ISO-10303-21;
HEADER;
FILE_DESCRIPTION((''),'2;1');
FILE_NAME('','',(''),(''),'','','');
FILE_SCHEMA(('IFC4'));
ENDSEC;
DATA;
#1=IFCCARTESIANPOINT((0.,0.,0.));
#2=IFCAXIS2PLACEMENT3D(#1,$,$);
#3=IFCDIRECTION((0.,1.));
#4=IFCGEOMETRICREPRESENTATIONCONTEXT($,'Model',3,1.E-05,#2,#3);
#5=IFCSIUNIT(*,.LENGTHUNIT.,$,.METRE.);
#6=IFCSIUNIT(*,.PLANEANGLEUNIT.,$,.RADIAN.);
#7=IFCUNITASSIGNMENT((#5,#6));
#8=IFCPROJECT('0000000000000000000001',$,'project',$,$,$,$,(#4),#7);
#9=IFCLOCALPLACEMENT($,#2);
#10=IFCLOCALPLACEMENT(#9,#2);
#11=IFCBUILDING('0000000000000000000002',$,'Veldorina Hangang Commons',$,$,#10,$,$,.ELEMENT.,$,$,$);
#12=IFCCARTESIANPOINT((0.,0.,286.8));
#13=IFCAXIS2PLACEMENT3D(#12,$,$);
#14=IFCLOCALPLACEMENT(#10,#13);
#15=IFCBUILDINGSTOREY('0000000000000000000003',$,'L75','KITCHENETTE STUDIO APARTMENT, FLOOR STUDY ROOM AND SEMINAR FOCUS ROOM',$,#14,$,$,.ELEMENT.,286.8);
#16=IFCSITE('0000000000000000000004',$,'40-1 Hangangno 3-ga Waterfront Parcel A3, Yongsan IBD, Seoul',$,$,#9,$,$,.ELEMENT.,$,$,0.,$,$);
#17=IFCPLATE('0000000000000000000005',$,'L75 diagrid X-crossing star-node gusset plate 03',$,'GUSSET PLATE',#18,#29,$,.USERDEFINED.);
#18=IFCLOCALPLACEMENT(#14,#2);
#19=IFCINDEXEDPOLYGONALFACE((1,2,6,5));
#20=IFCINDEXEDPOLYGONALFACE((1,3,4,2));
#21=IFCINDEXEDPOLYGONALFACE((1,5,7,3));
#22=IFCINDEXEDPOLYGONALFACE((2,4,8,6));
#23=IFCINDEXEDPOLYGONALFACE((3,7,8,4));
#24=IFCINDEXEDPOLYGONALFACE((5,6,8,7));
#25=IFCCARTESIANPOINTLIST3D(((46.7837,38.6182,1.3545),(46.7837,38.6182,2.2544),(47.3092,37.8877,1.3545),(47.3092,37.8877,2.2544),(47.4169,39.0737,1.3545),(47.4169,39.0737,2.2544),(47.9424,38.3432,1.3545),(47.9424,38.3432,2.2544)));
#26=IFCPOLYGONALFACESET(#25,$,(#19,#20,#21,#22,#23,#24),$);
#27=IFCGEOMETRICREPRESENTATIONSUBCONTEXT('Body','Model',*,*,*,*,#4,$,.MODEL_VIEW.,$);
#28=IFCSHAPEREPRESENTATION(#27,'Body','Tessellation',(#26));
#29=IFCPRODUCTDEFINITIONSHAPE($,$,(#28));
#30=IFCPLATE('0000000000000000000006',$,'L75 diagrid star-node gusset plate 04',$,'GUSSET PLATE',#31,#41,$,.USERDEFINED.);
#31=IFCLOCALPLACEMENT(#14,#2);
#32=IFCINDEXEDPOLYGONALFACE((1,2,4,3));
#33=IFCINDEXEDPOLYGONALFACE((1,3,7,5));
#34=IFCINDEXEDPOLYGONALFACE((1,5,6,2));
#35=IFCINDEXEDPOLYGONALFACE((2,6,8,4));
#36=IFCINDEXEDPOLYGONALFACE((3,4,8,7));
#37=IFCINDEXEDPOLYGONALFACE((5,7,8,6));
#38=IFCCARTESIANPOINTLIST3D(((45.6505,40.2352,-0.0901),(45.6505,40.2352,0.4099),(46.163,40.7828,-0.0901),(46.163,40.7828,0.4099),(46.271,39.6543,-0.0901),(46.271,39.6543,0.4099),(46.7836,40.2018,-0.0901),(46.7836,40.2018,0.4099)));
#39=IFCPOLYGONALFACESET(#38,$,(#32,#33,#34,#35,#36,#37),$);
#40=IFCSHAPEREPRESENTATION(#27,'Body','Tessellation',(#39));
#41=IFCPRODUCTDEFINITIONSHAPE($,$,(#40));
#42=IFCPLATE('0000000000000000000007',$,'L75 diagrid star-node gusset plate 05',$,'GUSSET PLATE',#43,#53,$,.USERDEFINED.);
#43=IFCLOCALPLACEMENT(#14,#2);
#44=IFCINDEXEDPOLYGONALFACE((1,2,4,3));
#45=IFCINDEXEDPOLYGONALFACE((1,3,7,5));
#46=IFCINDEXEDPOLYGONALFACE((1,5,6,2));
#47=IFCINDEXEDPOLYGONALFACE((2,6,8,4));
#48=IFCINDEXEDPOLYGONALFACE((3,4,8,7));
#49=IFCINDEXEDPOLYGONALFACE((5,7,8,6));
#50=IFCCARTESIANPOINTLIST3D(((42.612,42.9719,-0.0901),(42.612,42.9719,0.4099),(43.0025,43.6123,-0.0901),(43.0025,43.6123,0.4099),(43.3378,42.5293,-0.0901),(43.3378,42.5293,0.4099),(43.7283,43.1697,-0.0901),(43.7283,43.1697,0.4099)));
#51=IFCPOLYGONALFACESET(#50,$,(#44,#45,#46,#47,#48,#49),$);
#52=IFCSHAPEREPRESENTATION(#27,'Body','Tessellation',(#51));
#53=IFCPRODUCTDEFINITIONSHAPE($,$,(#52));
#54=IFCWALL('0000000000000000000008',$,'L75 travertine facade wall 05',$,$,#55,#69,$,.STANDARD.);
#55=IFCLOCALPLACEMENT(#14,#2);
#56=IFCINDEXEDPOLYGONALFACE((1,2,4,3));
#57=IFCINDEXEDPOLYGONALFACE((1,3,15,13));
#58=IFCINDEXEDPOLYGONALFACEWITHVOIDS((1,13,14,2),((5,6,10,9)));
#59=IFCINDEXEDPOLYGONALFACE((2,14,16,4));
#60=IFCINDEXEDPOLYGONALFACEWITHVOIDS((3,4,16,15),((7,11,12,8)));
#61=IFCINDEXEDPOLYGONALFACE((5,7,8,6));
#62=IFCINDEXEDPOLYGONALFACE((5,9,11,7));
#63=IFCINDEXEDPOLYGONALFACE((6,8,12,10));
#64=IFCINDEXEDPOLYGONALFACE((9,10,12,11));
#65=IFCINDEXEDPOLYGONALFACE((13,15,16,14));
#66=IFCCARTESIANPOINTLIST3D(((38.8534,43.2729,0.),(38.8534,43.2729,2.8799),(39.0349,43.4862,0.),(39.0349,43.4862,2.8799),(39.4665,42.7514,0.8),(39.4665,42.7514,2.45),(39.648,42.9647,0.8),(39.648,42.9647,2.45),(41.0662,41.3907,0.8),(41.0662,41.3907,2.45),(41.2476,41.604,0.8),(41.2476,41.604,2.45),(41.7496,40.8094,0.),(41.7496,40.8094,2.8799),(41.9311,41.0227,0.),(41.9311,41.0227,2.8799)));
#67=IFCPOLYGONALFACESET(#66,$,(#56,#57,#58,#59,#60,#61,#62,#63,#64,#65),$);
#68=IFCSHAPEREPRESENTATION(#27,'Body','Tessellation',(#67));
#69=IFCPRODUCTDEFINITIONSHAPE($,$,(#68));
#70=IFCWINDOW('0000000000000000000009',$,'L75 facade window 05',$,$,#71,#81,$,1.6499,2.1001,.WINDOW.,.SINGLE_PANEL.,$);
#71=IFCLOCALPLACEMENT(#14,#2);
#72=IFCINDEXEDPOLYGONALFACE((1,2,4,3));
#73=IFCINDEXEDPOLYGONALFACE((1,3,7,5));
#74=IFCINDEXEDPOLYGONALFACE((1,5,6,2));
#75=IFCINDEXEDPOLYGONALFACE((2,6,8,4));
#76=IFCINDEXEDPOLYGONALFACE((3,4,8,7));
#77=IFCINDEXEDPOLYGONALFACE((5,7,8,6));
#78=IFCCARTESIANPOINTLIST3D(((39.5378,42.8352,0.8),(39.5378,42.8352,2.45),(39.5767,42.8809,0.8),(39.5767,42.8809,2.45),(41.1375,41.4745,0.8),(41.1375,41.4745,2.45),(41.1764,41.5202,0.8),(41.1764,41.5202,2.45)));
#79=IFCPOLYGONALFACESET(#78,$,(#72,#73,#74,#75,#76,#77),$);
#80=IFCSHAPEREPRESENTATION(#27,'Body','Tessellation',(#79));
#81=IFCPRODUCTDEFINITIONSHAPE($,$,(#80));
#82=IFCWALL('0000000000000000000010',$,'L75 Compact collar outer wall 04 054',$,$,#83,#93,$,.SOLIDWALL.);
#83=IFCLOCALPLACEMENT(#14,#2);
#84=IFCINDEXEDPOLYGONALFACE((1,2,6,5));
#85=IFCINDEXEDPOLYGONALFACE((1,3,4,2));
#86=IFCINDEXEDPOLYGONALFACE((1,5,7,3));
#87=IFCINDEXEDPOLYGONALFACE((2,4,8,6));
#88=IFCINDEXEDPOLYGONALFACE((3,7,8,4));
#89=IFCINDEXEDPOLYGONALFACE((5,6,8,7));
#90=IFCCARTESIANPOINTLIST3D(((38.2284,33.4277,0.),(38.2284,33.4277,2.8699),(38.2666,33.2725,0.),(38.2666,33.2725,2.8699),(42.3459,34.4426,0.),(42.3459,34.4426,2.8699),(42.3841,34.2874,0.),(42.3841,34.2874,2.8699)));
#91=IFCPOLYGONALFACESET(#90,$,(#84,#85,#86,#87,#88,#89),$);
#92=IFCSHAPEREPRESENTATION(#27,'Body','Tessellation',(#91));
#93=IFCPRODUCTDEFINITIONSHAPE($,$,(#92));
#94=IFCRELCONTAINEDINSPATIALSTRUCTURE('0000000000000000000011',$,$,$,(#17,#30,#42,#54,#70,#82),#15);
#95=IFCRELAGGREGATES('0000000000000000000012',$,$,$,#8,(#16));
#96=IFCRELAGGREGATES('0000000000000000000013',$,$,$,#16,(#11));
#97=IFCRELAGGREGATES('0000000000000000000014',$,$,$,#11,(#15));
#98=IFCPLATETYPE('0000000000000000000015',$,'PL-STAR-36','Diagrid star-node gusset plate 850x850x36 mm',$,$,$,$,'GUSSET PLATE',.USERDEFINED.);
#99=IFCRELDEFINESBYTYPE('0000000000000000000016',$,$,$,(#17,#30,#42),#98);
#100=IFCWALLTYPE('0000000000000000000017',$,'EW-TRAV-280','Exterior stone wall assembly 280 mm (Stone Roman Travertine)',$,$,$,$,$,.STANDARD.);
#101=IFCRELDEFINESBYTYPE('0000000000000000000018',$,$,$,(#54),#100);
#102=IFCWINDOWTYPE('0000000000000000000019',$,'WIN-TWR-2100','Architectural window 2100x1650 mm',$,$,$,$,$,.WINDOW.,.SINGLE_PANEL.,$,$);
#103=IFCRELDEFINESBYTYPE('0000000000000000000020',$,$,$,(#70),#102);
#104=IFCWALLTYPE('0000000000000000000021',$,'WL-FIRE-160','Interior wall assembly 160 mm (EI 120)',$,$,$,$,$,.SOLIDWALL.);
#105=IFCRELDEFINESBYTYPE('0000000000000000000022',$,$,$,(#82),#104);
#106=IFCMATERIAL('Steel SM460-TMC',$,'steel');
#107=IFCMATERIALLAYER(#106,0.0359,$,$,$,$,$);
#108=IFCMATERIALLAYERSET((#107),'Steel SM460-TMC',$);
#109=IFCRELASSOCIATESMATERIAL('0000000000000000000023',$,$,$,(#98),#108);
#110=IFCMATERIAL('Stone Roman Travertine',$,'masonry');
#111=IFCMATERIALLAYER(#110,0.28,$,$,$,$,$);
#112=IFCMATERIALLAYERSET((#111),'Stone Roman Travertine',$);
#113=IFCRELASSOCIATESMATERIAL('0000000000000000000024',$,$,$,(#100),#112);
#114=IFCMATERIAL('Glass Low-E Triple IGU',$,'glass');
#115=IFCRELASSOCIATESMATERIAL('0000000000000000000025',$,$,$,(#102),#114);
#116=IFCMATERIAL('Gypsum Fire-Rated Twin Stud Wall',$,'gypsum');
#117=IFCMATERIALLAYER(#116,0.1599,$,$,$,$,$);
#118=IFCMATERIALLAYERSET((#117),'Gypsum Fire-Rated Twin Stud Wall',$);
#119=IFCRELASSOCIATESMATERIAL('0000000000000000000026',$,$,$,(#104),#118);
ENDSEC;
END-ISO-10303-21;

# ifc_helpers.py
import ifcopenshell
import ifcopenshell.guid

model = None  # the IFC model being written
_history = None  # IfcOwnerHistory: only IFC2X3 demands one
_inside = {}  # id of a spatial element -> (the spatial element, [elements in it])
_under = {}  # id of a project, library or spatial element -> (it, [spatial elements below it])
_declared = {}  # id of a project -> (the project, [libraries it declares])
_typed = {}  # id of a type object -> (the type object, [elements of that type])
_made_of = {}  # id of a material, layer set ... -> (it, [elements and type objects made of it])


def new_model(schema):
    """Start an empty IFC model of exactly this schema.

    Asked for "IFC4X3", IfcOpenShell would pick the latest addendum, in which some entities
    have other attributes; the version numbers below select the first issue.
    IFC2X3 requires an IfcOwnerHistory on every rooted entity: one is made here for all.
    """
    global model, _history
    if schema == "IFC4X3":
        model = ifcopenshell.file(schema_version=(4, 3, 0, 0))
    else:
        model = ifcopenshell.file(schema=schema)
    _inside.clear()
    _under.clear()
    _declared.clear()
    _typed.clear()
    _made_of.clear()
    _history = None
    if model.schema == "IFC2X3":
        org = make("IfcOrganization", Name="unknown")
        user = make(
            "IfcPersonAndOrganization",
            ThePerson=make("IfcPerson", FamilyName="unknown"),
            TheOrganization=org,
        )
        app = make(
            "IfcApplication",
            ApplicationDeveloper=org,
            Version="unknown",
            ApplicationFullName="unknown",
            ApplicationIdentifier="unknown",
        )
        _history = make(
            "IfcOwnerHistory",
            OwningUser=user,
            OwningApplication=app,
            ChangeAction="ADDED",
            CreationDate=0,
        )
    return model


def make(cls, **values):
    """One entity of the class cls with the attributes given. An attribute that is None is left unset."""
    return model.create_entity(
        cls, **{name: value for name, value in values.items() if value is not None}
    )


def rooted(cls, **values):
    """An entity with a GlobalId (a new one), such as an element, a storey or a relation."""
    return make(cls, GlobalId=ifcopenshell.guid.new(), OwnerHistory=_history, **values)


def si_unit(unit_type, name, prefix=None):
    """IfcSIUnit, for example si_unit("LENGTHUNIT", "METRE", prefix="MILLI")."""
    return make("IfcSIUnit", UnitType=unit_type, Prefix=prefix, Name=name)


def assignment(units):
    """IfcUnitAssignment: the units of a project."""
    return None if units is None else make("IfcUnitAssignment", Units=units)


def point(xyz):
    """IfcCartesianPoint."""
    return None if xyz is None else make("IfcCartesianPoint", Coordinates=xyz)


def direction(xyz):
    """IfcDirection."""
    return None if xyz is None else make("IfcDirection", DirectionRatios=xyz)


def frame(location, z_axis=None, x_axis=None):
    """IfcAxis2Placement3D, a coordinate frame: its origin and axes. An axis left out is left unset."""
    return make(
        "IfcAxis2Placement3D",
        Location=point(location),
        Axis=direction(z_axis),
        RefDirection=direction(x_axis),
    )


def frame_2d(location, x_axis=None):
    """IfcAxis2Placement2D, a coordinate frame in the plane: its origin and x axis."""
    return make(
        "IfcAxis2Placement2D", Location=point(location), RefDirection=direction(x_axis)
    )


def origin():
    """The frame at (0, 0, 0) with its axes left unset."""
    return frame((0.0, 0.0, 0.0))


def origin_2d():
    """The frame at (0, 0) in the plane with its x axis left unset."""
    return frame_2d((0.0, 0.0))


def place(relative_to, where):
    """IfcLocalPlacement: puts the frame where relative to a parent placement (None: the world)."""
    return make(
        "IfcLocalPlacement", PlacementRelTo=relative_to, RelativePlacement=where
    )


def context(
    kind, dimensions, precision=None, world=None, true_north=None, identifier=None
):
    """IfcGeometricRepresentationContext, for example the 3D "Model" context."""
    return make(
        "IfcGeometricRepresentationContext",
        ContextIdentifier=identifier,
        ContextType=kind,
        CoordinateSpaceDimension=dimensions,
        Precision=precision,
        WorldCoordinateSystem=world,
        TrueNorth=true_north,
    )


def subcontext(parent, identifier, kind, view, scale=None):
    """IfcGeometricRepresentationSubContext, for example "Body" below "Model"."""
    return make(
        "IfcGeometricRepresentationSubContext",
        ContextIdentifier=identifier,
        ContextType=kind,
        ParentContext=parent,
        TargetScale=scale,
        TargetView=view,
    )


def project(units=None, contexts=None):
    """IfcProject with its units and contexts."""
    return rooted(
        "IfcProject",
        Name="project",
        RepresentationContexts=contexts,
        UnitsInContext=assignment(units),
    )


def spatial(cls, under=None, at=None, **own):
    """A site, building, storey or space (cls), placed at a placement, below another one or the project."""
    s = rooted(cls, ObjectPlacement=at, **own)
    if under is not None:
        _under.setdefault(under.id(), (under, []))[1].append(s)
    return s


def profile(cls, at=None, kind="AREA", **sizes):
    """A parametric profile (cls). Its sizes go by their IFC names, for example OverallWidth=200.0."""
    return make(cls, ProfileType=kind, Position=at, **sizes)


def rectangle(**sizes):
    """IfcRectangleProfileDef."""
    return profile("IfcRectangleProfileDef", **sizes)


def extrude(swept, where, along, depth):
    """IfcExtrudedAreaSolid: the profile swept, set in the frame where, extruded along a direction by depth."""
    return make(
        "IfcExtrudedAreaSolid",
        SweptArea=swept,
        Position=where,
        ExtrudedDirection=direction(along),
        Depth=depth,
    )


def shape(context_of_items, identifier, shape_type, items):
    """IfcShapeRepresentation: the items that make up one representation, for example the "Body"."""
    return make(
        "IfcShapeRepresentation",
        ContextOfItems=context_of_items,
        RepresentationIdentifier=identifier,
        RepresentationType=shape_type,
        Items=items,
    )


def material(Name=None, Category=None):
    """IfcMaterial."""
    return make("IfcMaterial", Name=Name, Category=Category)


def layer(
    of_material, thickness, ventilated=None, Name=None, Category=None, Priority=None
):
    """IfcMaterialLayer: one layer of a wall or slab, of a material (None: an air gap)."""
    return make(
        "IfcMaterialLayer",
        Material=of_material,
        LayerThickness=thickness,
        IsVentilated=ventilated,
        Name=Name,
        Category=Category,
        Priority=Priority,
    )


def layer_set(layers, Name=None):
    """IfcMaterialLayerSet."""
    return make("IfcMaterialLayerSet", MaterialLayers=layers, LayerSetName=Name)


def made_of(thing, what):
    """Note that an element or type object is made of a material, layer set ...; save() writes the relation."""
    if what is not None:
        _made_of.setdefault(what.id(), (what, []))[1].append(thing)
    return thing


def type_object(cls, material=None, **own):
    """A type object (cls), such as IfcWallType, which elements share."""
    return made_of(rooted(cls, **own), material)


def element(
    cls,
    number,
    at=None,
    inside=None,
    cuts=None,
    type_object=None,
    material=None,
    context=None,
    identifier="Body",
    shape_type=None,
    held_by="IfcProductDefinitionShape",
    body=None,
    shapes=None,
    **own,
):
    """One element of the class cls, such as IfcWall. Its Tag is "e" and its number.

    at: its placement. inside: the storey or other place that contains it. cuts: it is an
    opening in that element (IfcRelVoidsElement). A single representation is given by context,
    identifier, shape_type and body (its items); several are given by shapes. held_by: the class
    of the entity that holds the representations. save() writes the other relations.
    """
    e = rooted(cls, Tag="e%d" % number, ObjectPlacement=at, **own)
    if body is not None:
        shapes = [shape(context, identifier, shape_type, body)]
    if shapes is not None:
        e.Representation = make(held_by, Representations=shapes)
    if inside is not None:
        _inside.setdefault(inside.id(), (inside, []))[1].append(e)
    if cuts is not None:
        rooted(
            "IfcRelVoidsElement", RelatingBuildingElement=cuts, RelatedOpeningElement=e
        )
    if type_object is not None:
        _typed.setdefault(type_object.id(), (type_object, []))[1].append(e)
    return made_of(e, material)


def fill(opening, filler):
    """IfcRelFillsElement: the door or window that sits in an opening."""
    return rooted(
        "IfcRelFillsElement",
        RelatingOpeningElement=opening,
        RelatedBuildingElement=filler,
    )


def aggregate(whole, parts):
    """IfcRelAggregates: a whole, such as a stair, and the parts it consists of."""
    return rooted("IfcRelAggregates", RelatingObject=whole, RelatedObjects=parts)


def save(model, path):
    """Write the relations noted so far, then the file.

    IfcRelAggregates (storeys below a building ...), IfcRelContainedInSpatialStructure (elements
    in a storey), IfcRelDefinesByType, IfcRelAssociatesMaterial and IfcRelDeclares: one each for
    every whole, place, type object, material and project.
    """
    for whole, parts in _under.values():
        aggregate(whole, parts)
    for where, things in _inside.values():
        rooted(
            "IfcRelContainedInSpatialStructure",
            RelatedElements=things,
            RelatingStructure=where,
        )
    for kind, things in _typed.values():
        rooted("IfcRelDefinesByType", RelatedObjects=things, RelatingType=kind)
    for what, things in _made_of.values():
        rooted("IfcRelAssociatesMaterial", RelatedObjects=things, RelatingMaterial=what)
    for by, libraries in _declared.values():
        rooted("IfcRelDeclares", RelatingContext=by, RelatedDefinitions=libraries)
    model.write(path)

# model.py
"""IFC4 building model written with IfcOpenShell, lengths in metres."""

from ifc_helpers import new_model, si_unit, direction, frame, frame_2d, origin, origin_2d, place, context, subcontext, project, spatial, rectangle, extrude, material, layer, layer_set, type_object, element, fill, save


model = new_model("IFC4")

# Units and contexts
model_context = context("Model", 3, precision=1e-05, world=origin(), true_north=direction((0.0, 1.0)))
body_context = subcontext(model_context, "Body", "Model", "MODEL_VIEW")
ifc_project = project(units=[si_unit("LENGTHUNIT", "METRE"), si_unit("PLANEANGLEUNIT", "RADIAN")], contexts=[model_context])

# Site, building, storey
site_placement = place(None, origin())
site = spatial("IfcSite", under=ifc_project, at=site_placement, Name="40-1 Hangangno 3-ga Waterfront Parcel A3, Yongsan IBD, Seoul", CompositionType="ELEMENT", RefElevation=0.0)
building_placement = place(site_placement, origin())
building = spatial("IfcBuilding", under=site, at=building_placement, Name="Veldorina Hangang Commons", CompositionType="ELEMENT")
storey_placement = place(building_placement, frame((0.0, 0.0, 286.8)))
storey = spatial("IfcBuildingStorey", under=building, at=storey_placement, Name="L75", Description="KITCHENETTE STUDIO APARTMENT, FLOOR STUDY ROOM AND SEMINAR FOCUS ROOM", CompositionType="ELEMENT", Elevation=286.8)

# Shared definitions
ifc_material_1 = material(Name="Glass Low-E Triple IGU", Category="glass")

# Plates
ifc_material_2 = material(Name="Steel SM460-TMC", Category="steel")
ifc_layer_1 = layer(ifc_material_2, 0.0359)
ifc_layer_set_1 = layer_set([ifc_layer_1], Name="Steel SM460-TMC")
plate_type_1 = type_object("IfcPlateType", Name="PL-STAR-36", Description="Diagrid star-node gusset plate 850x850x36 mm", ElementType="GUSSET PLATE", PredefinedType="USERDEFINED", material=ifc_layer_set_1)
plate_1_placement = place(storey_placement, frame((47.363, 38.4807, 1.3545), z_axis=(0.0, 0.0, 1.0), x_axis=(-0.583981, 0.811768, 0.0)))
element("IfcPlate", 1, at=plate_1_placement, inside=storey, type_object=plate_type_1, Name="L75 diagrid X-crossing star-node gusset plate 03", ObjectType="GUSSET PLATE", PredefinedType="USERDEFINED", context=body_context, shape_type="SweptSolid", body=[
    extrude(rectangle(XDim=0.8999, YDim=0.78, at=origin_2d()), origin(), (0.0, 0.0, 1.0), 0.8999),
])
for number, where, z_axis, x_axis, name in (
    (2, (46.217, 40.2185, -0.0901), (0.0, 0.0, 1.0), (-0.730007, 0.683439, 0.0), "L75 diagrid star-node gusset plate 04"),
    (3, (43.1702, 43.0708, -0.0901), (0.0, 0.0, 1.0), (-0.853787, 0.520622, 0.0), "L75 diagrid star-node gusset plate 05"),
):
    element("IfcPlate", number, at=place(storey_placement, frame(where, z_axis=z_axis, x_axis=x_axis)), inside=storey, type_object=plate_type_1, Name=name, ObjectType="GUSSET PLATE", PredefinedType="USERDEFINED", context=body_context, shape_type="SweptSolid", body=[
        extrude(rectangle(XDim=0.8501, YDim=0.75, at=origin_2d()), origin(), (0.0, 0.0, 1.0), 0.5),
    ])

# Wall, opening, window
ifc_material_3 = material(Name="Stone Roman Travertine", Category="masonry")
ifc_layer_2 = layer(ifc_material_3, 0.28)
ifc_layer_set_2 = layer_set([ifc_layer_2], Name="Stone Roman Travertine")
wall_type_1 = type_object("IfcWallType", Name="EW-TRAV-280", Description="Exterior stone wall assembly 280 mm (Stone Roman Travertine)", PredefinedType="STANDARD", material=ifc_layer_set_2)
wall_1_placement = place(storey_placement, frame((41.8403, 40.916, 0.0), z_axis=(0.0, 0.0, 1.0), x_axis=(-0.761703, 0.647926, 0.0)))
wall_1 = element("IfcWall", 4, at=wall_1_placement, inside=storey, type_object=wall_type_1, Name="L75 travertine facade wall 05", PredefinedType="STANDARD", context=body_context, shape_type="SweptSolid", body=[
    extrude(rectangle(XDim=3.8022, YDim=0.28, at=frame_2d((1.9011, 0.0))), origin(), (0.0, 0.0, 1.0), 2.8799),
])
opening_placement = place(wall_1_placement, frame((0.8972, 0.0, 0.8)))
opening = element("IfcOpeningElement", 5, at=opening_placement, cuts=wall_1, PredefinedType="OPENING", context=body_context, shape_type="SweptSolid", body=[
    extrude(rectangle(XDim=2.1001, YDim=1.6499, at=frame_2d((1.05, 0.825))), frame((0.0, 0.1499, 0.0), z_axis=(0.0, -1.0, 0.0), x_axis=(1.0, 0.0, 0.0)), (0.0, 0.0, 1.0), 0.3),
])
window_type = type_object("IfcWindowType", Name="WIN-TWR-2100", Description="Architectural window 2100x1650 mm", PartitioningType="SINGLE_PANEL", PredefinedType="WINDOW", material=ifc_material_1)
window_placement = place(opening_placement, origin())
window = element("IfcWindow", 6, at=window_placement, inside=storey, type_object=window_type, Name="L75 facade window 05", OverallHeight=1.6499, OverallWidth=2.1001, PartitioningType="SINGLE_PANEL", PredefinedType="WINDOW", context=body_context, shape_type="SweptSolid", body=[
    extrude(rectangle(XDim=2.1001, YDim=1.6499, at=frame_2d((1.05, 0.825))), frame((0.0, 0.03, 0.0), z_axis=(0.0, -1.0, 0.0), x_axis=(1.0, 0.0, 0.0)), (0.0, 0.0, 1.0), 0.0601),
])
fill(opening, window)

# Wall
ifc_material_4 = material(Name="Gypsum Fire-Rated Twin Stud Wall", Category="gypsum")
ifc_layer_3 = layer(ifc_material_4, 0.1599)
ifc_layer_set_3 = layer_set([ifc_layer_3], Name="Gypsum Fire-Rated Twin Stud Wall")
wall_type_2 = type_object("IfcWallType", Name="WL-FIRE-160", Description="Interior wall assembly 160 mm (EI 120)", PredefinedType="SOLIDWALL", material=ifc_layer_set_3)
wall_2_placement = place(storey_placement, frame((42.365, 34.365, 0.0), z_axis=(0.0, 0.0, 1.0), x_axis=(-0.97094, -0.239324, 0.0)))
element("IfcWall", 7, at=wall_2_placement, inside=storey, type_object=wall_type_2, Name="L75 Compact collar outer wall 04 054", PredefinedType="SOLIDWALL", context=body_context, shape_type="SweptSolid", body=[
    extrude(rectangle(XDim=4.2407, YDim=0.1599, at=frame_2d((2.1204, 0.0))), origin(), (0.0, 0.0, 1.0), 2.8699),
])

save(model, "model.ifc")
